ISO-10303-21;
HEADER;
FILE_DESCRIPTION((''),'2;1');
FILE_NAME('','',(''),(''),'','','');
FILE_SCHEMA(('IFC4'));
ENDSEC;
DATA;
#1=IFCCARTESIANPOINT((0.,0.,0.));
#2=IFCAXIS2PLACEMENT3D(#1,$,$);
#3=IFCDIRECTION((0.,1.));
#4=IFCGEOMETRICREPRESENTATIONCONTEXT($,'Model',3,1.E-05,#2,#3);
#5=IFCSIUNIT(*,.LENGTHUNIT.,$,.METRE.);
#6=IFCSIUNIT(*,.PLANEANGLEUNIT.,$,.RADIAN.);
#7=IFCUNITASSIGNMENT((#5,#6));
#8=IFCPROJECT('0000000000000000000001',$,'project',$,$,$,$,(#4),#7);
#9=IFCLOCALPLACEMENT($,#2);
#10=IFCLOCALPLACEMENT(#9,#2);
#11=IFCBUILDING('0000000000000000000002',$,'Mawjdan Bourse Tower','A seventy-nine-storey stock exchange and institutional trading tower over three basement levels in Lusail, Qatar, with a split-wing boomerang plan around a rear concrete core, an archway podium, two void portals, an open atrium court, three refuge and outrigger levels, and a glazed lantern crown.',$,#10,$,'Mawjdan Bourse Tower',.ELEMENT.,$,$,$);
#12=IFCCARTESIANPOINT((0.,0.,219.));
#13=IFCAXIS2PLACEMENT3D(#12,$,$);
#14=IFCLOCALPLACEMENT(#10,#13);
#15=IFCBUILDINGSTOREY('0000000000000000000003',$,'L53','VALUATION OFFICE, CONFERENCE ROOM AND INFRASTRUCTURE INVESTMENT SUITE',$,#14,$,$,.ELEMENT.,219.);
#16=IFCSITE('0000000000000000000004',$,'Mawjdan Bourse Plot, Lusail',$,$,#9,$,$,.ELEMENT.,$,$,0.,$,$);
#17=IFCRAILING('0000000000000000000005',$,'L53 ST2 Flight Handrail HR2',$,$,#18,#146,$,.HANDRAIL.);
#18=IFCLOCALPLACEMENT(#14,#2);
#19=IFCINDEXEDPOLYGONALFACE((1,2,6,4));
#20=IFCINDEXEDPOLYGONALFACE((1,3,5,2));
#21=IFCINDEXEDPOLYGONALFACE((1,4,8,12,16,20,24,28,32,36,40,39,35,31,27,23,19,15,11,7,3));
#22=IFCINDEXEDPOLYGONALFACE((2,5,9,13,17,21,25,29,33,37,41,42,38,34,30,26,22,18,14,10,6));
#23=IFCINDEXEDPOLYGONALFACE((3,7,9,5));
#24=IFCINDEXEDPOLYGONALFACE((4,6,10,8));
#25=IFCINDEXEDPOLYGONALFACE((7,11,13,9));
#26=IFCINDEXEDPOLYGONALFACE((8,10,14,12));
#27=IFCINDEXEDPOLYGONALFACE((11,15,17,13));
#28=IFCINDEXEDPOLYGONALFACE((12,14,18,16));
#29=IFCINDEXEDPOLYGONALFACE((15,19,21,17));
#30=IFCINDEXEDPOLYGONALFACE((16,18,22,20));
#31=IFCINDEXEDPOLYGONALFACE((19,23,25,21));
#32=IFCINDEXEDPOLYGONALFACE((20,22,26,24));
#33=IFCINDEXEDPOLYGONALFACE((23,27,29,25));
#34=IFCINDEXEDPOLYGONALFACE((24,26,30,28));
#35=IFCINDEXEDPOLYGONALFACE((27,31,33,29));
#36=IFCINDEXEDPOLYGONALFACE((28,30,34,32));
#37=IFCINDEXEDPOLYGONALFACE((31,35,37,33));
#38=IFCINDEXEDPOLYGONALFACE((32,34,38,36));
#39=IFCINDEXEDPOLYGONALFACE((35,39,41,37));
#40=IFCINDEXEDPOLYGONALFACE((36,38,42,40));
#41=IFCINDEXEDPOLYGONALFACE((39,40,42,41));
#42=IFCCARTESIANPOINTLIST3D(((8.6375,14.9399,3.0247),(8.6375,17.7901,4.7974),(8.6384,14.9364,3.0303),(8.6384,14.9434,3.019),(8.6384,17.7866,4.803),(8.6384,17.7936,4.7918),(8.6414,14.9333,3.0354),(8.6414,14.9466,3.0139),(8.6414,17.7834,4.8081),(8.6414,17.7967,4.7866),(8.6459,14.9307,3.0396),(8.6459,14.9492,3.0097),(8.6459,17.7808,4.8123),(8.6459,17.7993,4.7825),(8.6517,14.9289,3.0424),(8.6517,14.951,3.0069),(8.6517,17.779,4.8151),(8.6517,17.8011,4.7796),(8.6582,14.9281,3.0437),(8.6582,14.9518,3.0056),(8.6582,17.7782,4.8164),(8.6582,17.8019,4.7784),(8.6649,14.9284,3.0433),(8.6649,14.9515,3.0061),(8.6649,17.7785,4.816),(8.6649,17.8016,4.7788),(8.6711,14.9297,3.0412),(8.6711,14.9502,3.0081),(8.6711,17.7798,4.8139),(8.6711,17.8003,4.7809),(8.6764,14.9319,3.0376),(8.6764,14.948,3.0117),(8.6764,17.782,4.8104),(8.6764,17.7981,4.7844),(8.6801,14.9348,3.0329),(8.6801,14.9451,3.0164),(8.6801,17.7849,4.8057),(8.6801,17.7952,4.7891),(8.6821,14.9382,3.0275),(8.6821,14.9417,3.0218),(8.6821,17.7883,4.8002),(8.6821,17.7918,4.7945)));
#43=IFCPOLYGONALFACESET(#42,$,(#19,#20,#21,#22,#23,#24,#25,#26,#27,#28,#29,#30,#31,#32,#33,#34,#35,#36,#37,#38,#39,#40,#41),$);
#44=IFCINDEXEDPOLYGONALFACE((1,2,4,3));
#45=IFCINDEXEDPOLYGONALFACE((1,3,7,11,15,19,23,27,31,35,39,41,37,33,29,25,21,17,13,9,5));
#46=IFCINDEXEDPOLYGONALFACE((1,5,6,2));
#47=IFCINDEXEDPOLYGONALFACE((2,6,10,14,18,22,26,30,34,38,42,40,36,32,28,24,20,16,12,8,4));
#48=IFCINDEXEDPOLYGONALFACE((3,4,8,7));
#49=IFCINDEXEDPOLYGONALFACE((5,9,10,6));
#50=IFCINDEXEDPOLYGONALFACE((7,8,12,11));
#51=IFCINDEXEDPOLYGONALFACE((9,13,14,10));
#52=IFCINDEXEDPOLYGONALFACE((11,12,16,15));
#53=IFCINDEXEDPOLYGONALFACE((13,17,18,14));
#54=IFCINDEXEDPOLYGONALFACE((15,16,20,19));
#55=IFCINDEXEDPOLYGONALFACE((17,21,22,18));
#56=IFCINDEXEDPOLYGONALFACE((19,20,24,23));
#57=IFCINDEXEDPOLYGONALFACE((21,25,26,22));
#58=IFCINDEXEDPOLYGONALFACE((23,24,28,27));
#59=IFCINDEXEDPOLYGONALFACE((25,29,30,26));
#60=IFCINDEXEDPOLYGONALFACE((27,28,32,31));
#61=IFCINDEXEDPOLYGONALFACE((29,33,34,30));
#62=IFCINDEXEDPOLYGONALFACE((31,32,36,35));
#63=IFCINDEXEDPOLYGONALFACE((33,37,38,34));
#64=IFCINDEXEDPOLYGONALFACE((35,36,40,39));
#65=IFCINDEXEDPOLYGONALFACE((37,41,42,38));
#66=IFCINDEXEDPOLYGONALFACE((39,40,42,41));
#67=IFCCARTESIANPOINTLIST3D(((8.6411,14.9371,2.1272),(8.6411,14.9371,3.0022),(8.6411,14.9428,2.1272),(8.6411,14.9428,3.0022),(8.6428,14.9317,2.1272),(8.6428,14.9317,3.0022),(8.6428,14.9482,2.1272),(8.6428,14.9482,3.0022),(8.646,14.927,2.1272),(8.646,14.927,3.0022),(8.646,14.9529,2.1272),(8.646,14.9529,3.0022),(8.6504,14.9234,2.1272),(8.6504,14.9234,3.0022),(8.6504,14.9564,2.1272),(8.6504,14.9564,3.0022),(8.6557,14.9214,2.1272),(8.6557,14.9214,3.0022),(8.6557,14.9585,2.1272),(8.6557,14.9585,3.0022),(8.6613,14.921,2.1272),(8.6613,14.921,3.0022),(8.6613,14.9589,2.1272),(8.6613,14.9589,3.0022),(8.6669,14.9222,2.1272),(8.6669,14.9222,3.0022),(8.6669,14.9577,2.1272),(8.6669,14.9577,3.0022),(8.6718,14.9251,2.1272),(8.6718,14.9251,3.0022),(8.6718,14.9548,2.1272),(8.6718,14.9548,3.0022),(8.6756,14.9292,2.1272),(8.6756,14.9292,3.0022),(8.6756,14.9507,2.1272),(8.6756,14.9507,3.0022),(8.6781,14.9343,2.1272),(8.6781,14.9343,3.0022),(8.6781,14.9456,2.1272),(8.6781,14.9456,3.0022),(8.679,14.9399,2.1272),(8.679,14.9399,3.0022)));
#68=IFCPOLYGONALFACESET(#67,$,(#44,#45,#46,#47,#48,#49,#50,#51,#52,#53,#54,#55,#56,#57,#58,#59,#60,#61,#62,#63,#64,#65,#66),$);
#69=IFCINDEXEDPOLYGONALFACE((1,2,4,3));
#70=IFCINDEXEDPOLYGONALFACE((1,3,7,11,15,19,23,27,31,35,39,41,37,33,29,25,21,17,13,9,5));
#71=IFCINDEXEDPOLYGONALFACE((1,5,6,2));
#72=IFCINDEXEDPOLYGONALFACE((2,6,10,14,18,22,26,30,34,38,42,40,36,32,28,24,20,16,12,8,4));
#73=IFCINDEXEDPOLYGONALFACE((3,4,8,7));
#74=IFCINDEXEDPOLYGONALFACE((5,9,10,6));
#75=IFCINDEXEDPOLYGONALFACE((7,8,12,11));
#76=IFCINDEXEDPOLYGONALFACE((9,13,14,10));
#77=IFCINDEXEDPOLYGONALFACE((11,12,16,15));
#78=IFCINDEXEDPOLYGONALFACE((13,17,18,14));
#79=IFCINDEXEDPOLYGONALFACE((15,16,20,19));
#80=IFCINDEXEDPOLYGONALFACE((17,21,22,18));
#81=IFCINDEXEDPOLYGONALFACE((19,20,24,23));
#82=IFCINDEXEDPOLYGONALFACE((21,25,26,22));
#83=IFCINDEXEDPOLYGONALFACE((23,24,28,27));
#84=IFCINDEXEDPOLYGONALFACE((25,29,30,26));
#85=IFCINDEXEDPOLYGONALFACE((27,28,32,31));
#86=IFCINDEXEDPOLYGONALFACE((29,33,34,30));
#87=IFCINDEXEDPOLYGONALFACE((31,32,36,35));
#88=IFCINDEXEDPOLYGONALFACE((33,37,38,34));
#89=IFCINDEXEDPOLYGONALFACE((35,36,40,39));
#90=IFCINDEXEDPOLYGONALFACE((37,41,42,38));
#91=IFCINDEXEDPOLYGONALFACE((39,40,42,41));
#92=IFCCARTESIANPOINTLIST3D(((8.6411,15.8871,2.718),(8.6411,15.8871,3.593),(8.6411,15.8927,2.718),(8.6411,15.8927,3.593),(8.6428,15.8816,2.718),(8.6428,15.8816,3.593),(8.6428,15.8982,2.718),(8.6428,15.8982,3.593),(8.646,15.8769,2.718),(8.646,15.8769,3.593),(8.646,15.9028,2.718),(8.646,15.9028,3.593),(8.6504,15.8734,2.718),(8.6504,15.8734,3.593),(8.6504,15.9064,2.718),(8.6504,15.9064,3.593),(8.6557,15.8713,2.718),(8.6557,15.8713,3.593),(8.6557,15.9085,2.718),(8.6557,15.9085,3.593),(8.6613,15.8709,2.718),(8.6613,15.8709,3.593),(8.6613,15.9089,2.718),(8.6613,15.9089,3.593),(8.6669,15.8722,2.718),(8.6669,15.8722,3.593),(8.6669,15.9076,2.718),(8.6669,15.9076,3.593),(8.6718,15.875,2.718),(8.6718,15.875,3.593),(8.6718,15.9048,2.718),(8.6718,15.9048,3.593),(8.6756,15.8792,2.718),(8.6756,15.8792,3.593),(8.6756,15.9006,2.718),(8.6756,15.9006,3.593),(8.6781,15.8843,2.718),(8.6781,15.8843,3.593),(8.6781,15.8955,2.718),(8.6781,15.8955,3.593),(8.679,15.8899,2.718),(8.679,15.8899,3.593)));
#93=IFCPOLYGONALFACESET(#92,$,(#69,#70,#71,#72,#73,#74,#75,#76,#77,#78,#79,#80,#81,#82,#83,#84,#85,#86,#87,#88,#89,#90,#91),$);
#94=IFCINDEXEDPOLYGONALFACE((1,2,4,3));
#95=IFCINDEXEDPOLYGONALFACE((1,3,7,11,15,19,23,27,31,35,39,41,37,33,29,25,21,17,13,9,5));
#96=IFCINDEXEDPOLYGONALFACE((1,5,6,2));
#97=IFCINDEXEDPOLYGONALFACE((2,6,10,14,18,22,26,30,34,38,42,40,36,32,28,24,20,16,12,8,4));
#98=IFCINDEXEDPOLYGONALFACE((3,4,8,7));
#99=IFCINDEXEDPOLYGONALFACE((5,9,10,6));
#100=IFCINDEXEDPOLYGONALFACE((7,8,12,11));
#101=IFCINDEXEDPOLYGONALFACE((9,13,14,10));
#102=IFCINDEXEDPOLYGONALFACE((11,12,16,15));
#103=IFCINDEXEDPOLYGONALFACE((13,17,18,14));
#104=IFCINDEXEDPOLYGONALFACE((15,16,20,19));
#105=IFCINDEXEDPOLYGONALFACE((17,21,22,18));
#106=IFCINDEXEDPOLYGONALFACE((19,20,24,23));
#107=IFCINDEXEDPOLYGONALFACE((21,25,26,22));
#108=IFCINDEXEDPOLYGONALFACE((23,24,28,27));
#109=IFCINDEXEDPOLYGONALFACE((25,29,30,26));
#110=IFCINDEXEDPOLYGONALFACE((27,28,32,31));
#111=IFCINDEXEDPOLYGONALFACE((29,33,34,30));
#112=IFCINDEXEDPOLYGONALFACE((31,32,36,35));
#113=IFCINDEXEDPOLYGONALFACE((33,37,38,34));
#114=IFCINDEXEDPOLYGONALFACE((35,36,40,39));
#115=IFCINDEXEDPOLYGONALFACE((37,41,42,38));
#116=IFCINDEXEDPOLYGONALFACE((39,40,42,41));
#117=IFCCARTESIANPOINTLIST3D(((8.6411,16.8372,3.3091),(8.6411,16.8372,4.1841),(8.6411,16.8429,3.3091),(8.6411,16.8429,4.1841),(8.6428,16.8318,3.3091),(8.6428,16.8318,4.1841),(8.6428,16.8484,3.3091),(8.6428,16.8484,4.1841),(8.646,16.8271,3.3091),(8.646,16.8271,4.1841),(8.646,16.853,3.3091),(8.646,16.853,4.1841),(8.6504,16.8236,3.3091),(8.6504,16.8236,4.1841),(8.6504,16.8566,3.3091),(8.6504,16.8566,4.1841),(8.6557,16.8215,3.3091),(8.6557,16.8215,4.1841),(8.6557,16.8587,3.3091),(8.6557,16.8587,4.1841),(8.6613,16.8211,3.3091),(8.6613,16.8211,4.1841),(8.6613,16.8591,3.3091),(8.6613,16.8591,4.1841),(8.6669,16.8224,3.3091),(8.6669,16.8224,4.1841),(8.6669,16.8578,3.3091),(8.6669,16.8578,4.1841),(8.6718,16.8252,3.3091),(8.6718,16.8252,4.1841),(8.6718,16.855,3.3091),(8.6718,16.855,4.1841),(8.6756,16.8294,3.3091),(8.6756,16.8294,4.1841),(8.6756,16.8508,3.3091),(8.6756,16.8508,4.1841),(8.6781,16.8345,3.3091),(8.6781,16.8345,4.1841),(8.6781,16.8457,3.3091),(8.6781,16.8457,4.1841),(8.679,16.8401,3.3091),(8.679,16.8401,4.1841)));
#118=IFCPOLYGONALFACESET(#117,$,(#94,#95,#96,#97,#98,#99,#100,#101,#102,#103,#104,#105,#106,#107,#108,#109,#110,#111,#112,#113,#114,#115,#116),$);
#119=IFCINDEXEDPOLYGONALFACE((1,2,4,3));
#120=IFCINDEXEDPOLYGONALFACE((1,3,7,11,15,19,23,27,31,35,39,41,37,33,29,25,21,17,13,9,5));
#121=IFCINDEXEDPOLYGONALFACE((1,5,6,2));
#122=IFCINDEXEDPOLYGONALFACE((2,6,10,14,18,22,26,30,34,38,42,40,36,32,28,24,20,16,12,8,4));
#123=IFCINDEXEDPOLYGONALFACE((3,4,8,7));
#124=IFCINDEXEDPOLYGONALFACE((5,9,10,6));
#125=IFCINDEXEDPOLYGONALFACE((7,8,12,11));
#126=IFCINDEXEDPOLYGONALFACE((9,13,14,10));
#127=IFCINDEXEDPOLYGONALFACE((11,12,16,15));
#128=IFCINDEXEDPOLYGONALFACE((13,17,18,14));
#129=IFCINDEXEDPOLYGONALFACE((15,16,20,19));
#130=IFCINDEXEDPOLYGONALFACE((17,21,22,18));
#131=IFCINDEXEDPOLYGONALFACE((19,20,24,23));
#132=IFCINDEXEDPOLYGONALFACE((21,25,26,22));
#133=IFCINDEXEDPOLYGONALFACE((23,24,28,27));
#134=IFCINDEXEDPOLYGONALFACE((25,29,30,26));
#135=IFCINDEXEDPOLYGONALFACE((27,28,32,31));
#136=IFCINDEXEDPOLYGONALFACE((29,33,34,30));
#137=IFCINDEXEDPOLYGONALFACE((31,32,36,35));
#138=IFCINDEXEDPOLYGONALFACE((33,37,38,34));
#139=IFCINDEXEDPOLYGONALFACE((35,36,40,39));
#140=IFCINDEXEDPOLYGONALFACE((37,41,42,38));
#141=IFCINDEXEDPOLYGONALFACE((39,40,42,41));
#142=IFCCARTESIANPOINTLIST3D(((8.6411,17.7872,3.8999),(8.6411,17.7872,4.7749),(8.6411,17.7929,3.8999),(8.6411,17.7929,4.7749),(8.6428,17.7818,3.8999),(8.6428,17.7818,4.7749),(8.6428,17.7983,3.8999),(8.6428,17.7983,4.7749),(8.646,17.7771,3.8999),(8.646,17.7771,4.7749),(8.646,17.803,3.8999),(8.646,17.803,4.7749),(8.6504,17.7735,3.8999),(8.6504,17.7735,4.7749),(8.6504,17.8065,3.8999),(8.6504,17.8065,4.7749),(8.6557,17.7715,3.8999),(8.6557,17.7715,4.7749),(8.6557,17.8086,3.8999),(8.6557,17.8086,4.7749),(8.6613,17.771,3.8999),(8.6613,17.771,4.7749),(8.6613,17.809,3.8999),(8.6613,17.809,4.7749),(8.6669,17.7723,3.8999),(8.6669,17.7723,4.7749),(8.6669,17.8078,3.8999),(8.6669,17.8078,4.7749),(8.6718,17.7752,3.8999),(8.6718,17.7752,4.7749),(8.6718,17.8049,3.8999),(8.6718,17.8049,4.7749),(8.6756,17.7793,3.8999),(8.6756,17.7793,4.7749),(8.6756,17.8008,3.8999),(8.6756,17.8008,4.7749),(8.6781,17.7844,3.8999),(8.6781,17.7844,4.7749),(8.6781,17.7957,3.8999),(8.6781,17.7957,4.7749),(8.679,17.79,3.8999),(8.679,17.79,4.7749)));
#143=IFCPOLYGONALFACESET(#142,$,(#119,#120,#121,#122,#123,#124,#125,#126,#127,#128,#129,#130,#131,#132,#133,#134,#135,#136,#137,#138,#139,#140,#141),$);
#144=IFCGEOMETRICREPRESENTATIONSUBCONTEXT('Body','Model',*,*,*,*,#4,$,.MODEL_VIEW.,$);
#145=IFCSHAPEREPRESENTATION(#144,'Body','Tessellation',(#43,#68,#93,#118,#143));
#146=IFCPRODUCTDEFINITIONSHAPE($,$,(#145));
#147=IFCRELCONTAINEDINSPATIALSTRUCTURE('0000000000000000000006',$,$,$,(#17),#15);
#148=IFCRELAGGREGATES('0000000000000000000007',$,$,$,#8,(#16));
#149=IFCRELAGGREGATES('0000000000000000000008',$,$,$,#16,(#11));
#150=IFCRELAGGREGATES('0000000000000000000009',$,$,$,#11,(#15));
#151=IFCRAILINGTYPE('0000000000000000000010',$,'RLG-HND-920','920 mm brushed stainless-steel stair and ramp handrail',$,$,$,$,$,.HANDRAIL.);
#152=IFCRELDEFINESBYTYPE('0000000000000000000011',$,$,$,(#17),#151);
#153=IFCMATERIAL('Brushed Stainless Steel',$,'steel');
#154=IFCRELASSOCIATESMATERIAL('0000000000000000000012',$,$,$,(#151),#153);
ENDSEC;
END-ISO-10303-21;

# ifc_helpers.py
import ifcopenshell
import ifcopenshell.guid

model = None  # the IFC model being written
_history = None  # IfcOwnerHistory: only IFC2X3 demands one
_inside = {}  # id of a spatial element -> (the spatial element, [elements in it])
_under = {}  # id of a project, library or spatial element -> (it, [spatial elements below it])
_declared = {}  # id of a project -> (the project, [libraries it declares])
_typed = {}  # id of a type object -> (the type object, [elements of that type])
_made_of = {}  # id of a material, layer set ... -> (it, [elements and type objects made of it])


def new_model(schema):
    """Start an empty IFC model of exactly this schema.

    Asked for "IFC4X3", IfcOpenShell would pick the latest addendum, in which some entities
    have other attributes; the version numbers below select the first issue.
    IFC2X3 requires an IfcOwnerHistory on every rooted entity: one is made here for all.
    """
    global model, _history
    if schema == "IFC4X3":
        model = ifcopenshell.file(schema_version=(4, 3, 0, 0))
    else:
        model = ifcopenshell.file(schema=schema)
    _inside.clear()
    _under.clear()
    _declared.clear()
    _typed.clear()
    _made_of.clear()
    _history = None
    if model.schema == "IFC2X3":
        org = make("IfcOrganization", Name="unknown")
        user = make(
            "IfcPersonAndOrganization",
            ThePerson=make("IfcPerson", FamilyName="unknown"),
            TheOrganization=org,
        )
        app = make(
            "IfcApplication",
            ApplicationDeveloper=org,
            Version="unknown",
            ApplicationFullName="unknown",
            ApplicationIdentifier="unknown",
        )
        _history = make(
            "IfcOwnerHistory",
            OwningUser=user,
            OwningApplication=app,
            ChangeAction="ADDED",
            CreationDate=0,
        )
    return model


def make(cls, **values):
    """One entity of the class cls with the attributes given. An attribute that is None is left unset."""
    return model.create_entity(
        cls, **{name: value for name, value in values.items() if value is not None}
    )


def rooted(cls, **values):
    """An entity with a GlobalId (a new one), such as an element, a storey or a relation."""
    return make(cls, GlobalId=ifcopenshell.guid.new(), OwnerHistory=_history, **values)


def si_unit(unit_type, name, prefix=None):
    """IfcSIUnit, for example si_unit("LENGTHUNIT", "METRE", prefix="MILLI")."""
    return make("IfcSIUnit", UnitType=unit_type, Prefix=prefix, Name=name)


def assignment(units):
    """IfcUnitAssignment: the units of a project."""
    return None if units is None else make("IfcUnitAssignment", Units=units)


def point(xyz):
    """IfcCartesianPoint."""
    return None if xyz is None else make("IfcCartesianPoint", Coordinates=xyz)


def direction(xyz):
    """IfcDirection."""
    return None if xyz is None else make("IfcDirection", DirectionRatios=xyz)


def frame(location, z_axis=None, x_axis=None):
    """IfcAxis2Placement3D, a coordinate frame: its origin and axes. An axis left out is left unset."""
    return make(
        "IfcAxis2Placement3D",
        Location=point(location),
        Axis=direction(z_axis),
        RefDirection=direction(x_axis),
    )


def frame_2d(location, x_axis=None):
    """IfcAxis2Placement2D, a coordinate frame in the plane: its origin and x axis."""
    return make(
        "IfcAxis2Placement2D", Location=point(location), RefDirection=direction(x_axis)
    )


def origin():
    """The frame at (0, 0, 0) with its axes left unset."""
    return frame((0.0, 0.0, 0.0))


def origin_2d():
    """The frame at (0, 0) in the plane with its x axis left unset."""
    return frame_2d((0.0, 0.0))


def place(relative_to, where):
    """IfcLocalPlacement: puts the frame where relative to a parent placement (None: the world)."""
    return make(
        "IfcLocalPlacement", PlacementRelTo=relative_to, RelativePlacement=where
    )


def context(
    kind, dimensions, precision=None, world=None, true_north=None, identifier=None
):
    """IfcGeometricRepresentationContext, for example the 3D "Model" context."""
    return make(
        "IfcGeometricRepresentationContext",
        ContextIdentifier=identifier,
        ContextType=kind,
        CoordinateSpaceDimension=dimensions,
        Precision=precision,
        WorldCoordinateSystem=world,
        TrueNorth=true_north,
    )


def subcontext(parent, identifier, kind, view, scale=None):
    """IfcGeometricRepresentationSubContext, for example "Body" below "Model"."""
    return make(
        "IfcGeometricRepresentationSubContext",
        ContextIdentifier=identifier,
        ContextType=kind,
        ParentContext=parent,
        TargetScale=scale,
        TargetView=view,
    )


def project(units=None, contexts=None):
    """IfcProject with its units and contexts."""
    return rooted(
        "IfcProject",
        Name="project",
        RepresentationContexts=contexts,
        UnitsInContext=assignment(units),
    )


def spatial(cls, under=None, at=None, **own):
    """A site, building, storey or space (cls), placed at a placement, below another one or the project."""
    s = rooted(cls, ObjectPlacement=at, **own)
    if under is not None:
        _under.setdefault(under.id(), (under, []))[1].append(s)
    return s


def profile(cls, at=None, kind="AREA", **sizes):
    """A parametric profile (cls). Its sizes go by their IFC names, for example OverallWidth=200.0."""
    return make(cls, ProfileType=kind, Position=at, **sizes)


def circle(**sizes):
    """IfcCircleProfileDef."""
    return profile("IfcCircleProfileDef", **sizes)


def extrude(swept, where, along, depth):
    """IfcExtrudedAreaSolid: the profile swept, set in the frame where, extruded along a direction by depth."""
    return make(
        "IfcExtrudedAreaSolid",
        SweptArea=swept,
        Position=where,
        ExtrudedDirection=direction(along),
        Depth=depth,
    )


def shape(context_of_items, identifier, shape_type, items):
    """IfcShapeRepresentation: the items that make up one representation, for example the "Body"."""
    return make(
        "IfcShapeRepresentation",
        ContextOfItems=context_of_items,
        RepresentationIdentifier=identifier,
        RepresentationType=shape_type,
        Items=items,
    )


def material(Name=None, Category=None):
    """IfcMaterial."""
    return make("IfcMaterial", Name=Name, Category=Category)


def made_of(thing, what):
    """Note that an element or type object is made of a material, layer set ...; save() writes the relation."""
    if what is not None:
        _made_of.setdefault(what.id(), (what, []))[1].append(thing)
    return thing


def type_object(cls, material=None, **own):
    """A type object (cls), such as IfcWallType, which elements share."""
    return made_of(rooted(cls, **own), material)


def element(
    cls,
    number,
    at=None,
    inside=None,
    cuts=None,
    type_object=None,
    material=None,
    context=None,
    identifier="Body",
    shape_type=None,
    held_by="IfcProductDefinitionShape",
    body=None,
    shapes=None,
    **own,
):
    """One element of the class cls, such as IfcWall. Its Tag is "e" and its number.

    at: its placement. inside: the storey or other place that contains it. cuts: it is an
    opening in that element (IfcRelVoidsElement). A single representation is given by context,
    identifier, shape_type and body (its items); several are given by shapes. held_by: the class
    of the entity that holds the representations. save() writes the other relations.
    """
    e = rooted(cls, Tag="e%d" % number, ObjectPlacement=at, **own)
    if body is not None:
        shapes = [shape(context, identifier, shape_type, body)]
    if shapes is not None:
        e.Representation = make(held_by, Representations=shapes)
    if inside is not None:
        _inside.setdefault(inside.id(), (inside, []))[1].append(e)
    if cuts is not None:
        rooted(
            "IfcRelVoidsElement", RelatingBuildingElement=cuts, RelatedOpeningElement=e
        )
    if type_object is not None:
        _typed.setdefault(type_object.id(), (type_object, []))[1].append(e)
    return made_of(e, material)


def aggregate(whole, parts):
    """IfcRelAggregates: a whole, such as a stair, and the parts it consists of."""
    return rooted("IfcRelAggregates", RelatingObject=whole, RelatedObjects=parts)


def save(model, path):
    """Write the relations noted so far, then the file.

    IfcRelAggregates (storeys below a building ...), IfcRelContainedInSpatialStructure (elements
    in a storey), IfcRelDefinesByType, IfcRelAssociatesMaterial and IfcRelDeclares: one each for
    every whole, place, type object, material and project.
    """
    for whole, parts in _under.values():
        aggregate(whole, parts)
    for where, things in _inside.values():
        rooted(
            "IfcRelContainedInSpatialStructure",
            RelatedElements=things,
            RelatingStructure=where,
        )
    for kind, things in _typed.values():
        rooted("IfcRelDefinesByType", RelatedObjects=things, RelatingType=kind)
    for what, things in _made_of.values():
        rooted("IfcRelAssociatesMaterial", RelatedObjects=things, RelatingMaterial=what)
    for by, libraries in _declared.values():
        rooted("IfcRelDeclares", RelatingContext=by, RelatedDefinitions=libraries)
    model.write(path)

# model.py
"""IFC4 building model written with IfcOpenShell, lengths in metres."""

from ifc_helpers import new_model, si_unit, direction, frame, origin, origin_2d, place, context, subcontext, project, spatial, circle, extrude, material, type_object, element, save


model = new_model("IFC4")

# Units and contexts
model_context = context("Model", 3, precision=1e-05, world=origin(), true_north=direction((0.0, 1.0)))
body_context = subcontext(model_context, "Body", "Model", "MODEL_VIEW")
ifc_project = project(units=[si_unit("LENGTHUNIT", "METRE"), si_unit("PLANEANGLEUNIT", "RADIAN")], contexts=[model_context])

# Site, building, storey
site_placement = place(None, origin())
site = spatial("IfcSite", under=ifc_project, at=site_placement, Name="Mawjdan Bourse Plot, Lusail", CompositionType="ELEMENT", RefElevation=0.0)
building_placement = place(site_placement, origin())
building = spatial("IfcBuilding", under=site, at=building_placement, Name="Mawjdan Bourse Tower", Description="A seventy-nine-storey stock exchange and institutional trading tower over three basement levels in Lusail, Qatar, with a split-wing boomerang plan around a rear concrete core, an archway podium, two void portals, an open atrium court, three refuge and outrigger levels, and a glazed lantern crown.", LongName="Mawjdan Bourse Tower", CompositionType="ELEMENT")
storey_placement = place(building_placement, frame((0.0, 0.0, 219.0)))
storey = spatial("IfcBuildingStorey", under=building, at=storey_placement, Name="L53", Description="VALUATION OFFICE, CONFERENCE ROOM AND INFRASTRUCTURE INVESTMENT SUITE", CompositionType="ELEMENT", Elevation=219.0)

# Railing
ifc_material_1 = material(Name="Brushed Stainless Steel", Category="steel")
railing_type_1 = type_object("IfcRailingType", Name="RLG-HND-920", Description="920 mm brushed stainless-steel stair and ramp handrail", PredefinedType="HANDRAIL", material=ifc_material_1)
railing_1_placement = place(storey_placement, frame((8.6599, 14.9399, 2.1272)))
element("IfcRailing", 1, at=railing_1_placement, inside=storey, type_object=railing_type_1, Name="L53 ST2 Flight Handrail HR2", PredefinedType="HANDRAIL", context=body_context, shape_type="SweptSolid", body=[
    extrude(circle(Radius=0.0225, at=origin_2d()), frame((0.0, 0.0, 0.8975), z_axis=(0.0, 0.849149, 0.528154), x_axis=(-1.0, 0.0, 0.0)), (0.0, 0.0, 1.0), 3.3564),
    extrude(circle(Radius=0.019, at=origin_2d()), origin(), (0.0, 0.0, 1.0), 0.875),
    extrude(circle(Radius=0.019, at=origin_2d()), frame((0.0, 0.95, 0.5908)), (0.0, 0.0, 1.0), 0.875),
    extrude(circle(Radius=0.019, at=origin_2d()), frame((0.0, 1.9001, 1.1819)), (0.0, 0.0, 1.0), 0.875),
    extrude(circle(Radius=0.019, at=origin_2d()), frame((0.0, 2.8501, 1.7727)), (0.0, 0.0, 1.0), 0.875),
])

save(model, "model.ifc")
